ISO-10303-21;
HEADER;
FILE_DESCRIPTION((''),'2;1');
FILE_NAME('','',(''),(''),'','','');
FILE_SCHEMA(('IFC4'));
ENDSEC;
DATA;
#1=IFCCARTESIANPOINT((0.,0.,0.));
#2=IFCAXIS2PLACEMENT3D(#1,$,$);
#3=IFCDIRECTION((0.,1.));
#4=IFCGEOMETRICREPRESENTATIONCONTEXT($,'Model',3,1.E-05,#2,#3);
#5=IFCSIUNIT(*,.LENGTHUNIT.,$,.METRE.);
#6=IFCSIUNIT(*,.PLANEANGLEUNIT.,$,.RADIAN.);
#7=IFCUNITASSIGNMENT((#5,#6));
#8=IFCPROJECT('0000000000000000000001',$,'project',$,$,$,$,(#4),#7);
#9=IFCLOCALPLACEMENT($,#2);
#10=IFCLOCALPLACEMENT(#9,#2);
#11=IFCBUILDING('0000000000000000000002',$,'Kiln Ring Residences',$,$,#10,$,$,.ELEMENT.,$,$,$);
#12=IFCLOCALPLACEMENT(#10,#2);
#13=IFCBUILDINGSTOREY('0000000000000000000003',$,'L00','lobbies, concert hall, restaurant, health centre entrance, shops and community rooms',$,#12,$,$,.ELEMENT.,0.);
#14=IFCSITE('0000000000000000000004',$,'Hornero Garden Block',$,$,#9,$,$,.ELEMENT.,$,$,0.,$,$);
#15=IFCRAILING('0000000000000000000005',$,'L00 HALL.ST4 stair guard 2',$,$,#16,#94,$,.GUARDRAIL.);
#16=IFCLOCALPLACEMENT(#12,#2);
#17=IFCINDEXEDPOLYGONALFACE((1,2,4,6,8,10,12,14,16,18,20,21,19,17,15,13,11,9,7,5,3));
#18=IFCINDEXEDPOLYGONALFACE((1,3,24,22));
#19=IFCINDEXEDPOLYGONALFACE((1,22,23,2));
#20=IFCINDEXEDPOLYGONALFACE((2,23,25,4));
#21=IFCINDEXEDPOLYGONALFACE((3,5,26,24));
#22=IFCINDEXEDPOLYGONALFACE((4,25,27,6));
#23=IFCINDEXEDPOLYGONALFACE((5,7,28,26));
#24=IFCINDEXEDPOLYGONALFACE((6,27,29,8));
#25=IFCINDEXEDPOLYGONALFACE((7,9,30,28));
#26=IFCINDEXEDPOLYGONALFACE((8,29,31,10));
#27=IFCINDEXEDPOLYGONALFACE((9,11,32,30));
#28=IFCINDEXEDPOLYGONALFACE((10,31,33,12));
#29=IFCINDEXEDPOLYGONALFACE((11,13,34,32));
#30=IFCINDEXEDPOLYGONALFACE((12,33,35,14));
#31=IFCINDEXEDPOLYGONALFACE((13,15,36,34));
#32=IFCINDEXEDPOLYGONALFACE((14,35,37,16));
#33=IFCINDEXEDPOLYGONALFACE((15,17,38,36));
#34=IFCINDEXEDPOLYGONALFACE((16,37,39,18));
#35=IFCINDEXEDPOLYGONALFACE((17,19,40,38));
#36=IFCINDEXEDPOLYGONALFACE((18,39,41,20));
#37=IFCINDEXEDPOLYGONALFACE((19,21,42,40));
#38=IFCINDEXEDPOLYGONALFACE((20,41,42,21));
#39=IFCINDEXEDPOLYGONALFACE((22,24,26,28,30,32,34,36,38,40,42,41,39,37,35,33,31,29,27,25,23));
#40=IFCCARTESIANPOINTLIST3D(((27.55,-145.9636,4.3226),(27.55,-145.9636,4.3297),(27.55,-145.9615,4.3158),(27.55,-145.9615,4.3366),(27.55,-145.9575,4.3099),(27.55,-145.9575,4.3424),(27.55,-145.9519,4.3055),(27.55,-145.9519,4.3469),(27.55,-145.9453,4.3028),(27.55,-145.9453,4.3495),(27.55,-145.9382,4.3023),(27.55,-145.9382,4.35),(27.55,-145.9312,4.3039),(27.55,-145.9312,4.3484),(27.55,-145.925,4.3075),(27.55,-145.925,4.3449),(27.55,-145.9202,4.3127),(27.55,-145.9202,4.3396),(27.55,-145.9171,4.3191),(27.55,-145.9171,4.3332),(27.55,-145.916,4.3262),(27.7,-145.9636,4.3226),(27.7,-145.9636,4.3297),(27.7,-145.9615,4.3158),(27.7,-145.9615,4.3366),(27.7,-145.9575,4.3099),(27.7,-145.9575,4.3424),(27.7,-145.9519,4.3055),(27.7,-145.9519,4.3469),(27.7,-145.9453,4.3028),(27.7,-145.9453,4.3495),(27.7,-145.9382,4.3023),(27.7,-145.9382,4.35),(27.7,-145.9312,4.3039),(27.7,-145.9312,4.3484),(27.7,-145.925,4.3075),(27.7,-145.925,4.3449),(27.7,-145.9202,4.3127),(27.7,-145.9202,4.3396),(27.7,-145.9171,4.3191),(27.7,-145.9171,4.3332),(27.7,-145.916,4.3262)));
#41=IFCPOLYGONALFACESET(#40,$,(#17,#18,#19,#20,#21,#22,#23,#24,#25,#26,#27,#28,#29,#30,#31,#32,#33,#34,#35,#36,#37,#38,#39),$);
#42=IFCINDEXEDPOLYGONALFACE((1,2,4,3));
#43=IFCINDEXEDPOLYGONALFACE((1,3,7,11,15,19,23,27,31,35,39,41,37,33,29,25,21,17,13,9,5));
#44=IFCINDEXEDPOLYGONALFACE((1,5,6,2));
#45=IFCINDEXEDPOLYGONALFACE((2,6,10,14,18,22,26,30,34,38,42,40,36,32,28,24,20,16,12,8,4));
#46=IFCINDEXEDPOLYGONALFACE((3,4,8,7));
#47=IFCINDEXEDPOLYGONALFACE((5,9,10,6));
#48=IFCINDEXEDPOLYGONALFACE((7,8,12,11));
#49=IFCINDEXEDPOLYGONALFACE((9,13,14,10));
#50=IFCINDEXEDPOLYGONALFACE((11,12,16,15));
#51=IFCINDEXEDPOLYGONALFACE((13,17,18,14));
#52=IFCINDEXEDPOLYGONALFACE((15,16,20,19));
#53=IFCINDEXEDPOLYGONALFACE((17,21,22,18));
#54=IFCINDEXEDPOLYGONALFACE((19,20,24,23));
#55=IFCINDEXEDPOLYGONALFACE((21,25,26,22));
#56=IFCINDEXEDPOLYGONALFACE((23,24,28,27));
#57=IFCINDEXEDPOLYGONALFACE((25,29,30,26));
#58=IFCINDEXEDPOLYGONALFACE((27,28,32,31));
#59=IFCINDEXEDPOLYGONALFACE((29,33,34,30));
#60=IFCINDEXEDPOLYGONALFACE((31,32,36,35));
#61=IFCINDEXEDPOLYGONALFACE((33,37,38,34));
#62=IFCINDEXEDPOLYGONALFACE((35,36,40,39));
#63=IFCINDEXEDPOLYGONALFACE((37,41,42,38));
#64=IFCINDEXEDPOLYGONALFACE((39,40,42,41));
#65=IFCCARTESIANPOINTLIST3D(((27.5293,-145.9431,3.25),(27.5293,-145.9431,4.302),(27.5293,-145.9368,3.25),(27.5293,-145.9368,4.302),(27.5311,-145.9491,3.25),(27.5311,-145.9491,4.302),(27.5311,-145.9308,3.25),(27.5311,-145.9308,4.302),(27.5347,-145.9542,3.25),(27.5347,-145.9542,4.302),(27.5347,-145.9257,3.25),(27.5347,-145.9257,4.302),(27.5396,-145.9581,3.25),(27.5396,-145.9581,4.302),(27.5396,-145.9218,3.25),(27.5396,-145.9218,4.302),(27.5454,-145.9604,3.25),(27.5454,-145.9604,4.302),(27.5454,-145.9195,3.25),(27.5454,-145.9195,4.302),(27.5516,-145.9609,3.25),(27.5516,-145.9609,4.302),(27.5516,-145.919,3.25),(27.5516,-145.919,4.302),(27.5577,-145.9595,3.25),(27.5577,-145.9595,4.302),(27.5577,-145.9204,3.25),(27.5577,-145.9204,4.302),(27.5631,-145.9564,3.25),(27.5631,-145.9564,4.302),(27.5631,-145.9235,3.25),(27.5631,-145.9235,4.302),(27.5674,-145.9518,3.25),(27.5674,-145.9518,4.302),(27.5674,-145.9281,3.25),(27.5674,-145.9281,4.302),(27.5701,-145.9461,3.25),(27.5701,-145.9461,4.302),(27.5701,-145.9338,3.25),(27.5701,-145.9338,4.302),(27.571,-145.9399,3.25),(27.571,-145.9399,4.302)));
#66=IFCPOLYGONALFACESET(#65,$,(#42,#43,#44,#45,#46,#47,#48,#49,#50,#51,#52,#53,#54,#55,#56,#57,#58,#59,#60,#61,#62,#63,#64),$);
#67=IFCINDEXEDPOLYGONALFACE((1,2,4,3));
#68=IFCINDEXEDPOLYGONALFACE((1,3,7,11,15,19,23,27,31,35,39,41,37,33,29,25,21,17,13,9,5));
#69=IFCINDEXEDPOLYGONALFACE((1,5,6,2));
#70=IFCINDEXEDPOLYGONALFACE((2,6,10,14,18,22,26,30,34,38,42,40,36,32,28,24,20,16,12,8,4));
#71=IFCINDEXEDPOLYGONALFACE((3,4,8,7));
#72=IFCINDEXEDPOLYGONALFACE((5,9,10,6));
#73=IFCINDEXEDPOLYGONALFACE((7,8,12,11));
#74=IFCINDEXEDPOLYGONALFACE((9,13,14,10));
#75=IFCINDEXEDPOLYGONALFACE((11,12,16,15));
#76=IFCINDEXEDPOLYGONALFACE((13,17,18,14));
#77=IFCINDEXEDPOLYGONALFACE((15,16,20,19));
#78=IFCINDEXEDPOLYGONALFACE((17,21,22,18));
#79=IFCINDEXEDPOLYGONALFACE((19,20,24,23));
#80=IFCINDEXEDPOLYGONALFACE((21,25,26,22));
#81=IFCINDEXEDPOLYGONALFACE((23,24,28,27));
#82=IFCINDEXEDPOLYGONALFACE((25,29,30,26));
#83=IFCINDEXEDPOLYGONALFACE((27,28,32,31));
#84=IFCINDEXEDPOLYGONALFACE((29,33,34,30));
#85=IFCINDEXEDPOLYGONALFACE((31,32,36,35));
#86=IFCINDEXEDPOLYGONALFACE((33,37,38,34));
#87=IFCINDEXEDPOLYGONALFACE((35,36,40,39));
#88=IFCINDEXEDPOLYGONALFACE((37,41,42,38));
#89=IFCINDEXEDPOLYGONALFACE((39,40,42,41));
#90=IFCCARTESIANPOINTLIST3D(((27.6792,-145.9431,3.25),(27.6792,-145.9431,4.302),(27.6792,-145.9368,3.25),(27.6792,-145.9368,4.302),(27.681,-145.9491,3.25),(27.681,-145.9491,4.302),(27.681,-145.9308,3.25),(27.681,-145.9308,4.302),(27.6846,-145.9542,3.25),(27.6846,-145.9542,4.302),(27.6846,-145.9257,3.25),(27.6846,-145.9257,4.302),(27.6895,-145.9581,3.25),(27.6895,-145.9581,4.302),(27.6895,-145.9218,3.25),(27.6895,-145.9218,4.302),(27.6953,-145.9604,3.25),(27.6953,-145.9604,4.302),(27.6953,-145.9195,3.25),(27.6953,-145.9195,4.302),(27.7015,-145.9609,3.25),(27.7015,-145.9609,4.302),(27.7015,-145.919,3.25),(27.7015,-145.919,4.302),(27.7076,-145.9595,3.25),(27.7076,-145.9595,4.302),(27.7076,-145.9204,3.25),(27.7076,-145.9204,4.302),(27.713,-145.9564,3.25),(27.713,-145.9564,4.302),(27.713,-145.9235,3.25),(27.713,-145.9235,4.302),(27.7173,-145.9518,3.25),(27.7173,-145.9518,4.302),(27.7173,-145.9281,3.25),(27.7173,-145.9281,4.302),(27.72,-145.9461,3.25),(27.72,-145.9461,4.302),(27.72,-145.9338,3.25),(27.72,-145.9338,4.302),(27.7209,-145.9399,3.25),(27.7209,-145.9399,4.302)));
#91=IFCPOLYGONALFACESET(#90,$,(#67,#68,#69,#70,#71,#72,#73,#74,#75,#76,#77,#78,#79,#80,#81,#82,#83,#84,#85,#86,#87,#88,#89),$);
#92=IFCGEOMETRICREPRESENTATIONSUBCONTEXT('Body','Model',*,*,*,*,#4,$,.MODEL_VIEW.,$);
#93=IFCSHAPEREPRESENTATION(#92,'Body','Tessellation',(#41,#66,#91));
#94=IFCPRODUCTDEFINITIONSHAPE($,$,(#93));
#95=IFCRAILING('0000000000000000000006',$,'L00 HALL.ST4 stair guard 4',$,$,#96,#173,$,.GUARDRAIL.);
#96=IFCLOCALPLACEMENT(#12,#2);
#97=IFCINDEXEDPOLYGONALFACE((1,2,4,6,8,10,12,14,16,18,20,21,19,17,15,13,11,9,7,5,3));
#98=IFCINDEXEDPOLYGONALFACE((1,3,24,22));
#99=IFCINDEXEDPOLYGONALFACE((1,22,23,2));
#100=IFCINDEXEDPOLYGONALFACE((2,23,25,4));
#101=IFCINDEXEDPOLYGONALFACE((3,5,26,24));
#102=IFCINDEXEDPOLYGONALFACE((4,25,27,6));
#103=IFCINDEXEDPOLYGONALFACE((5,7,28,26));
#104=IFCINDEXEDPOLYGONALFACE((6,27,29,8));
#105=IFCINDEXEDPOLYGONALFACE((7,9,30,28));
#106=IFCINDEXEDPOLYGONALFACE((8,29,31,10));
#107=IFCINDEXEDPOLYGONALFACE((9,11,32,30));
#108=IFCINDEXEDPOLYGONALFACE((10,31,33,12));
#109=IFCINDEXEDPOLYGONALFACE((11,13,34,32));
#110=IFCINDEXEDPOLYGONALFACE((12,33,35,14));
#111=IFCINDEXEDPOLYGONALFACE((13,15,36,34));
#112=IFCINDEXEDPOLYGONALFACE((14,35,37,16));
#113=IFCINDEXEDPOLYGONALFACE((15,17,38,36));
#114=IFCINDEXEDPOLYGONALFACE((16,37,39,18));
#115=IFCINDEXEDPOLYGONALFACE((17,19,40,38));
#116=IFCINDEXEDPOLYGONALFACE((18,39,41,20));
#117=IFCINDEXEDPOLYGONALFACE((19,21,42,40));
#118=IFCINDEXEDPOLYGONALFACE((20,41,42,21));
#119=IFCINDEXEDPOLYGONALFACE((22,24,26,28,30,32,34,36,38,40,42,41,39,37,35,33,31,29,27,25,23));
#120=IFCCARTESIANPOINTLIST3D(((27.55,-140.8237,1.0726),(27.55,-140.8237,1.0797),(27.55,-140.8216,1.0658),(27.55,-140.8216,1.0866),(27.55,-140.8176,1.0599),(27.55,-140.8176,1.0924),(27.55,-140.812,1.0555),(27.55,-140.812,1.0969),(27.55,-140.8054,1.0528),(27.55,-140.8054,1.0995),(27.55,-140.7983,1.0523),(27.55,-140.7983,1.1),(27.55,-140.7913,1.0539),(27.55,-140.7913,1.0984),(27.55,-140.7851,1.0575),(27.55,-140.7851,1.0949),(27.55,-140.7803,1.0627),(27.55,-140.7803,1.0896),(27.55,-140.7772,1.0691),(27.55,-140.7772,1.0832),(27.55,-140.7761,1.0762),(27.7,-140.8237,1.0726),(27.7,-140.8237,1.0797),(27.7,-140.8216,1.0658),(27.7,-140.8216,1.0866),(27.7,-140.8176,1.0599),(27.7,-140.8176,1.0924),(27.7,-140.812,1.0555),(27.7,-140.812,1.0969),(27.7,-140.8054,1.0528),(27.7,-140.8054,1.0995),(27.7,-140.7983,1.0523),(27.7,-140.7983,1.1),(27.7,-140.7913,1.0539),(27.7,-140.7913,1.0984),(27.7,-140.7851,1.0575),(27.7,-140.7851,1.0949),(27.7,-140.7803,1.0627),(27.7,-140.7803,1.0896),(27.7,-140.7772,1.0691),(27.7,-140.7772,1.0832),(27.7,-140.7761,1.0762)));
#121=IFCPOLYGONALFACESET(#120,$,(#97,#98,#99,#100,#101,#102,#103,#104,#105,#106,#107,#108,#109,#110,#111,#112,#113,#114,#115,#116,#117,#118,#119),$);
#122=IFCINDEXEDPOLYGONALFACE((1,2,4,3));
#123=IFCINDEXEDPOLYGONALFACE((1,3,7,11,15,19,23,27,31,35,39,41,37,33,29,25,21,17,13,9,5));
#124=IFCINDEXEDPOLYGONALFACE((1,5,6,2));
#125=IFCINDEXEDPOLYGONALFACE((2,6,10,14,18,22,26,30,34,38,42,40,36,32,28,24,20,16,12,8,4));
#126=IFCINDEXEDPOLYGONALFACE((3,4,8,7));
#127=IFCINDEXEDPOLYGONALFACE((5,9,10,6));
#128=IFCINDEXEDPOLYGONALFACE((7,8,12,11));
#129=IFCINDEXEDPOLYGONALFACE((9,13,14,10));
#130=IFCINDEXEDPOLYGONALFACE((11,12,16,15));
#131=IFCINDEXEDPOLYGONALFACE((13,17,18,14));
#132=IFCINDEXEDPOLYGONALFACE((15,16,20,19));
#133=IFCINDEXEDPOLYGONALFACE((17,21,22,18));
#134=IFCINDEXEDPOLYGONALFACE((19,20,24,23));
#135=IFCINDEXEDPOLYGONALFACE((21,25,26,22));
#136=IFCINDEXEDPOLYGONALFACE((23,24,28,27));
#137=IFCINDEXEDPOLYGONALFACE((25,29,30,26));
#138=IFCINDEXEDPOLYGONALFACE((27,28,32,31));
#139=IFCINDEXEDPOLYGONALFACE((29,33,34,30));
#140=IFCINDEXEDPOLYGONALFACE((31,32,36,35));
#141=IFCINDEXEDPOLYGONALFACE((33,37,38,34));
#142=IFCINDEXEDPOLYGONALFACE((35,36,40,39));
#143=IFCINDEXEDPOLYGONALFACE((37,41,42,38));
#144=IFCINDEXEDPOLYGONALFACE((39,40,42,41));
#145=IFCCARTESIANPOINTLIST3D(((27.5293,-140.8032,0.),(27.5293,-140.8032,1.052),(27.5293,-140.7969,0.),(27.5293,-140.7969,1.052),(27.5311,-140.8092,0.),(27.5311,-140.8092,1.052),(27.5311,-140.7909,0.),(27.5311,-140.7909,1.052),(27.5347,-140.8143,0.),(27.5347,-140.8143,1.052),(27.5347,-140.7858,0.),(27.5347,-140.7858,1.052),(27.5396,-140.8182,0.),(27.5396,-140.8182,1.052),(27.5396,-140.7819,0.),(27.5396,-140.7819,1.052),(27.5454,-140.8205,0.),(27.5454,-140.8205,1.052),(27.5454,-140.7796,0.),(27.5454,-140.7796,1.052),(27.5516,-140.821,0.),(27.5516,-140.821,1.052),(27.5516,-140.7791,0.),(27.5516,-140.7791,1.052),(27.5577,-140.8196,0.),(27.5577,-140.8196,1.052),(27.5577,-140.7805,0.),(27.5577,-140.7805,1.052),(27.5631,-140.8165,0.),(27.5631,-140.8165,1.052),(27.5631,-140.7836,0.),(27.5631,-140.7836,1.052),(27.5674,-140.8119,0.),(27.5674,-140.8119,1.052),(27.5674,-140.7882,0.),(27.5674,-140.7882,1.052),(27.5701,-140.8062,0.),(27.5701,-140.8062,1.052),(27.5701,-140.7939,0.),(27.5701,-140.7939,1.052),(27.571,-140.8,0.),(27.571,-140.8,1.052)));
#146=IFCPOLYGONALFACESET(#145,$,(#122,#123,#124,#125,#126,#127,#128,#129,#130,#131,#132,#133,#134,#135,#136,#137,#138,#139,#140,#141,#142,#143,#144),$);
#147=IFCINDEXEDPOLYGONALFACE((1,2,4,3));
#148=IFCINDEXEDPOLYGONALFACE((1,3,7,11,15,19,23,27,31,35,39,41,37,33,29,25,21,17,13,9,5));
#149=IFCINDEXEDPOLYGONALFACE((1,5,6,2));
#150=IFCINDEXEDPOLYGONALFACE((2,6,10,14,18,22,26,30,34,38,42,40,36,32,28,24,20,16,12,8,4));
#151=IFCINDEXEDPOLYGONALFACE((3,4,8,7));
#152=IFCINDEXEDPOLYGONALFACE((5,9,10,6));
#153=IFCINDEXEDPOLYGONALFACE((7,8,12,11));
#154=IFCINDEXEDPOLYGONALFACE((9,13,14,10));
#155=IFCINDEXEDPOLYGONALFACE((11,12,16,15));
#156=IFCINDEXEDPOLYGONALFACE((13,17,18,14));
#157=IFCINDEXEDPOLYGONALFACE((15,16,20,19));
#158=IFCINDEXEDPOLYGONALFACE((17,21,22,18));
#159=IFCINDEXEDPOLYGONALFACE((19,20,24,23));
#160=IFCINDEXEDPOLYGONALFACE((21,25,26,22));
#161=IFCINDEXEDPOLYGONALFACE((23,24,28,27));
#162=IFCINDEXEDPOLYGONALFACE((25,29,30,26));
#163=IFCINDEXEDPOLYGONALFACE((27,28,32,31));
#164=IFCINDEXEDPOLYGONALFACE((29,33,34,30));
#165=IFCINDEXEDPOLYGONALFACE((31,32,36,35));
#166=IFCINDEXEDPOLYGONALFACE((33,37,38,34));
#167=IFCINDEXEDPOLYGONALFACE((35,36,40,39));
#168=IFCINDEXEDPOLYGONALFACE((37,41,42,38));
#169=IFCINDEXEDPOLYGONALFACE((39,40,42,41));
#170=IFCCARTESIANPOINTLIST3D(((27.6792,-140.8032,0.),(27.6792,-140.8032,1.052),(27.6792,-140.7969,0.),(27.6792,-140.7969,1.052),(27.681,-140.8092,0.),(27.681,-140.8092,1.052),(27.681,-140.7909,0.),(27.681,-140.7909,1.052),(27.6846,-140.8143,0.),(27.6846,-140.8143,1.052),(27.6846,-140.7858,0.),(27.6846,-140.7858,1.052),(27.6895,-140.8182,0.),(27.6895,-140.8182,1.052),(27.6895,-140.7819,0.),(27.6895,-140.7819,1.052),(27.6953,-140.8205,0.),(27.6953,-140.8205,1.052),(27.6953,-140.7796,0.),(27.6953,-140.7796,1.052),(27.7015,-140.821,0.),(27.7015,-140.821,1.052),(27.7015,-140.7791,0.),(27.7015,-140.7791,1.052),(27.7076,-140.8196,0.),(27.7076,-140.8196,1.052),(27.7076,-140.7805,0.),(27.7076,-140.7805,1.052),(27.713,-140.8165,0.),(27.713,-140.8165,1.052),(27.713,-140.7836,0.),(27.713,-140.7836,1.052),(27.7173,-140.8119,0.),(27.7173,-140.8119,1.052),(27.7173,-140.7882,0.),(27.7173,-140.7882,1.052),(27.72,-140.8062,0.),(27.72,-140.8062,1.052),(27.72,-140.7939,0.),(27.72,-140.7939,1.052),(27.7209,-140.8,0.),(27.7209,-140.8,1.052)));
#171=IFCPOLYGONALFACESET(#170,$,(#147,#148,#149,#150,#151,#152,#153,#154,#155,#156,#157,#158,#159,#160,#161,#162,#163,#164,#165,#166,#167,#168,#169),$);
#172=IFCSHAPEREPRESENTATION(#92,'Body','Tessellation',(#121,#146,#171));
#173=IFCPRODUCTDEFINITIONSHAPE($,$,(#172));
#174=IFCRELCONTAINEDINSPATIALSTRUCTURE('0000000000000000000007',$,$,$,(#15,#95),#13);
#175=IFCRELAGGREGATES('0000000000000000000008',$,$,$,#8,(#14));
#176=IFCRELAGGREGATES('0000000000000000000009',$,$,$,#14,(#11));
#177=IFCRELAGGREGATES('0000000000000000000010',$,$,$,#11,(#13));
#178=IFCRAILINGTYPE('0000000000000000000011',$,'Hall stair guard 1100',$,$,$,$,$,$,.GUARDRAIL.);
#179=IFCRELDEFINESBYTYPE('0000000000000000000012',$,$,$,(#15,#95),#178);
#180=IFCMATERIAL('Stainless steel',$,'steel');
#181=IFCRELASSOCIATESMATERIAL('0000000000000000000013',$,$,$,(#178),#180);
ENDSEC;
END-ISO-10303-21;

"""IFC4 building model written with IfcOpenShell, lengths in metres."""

from ifc_helpers import new_model, si_unit, direction, frame, origin, origin_2d, place, context, subcontext, project, spatial, circle, extrude, material, type_object, element, save


model = new_model("IFC4")

# Units and contexts
model_context = context("Model", 3, precision=1e-05, world=origin(), true_north=direction((0.0, 1.0)))
body_context = subcontext(model_context, "Body", "Model", "MODEL_VIEW")
ifc_project = project(units=[si_unit("LENGTHUNIT", "METRE"), si_unit("PLANEANGLEUNIT", "RADIAN")], contexts=[model_context])

# Site, building, storey
site_placement = place(None, origin())
site = spatial("IfcSite", under=ifc_project, at=site_placement, Name="Hornero Garden Block", CompositionType="ELEMENT", RefElevation=0.0)
building_placement = place(site_placement, origin())
building = spatial("IfcBuilding", under=site, at=building_placement, Name="Kiln Ring Residences", CompositionType="ELEMENT")
storey_placement = place(building_placement, origin())
storey = spatial("IfcBuildingStorey", under=building, at=storey_placement, Name="L00", Description="lobbies, concert hall, restaurant, health centre entrance, shops and community rooms", CompositionType="ELEMENT", Elevation=0.0)

# Railings
ifc_material_1 = material(Name="Stainless steel", Category="steel")
railing_type_1 = type_object("IfcRailingType", Name="Hall stair guard 1100", PredefinedType="GUARDRAIL", material=ifc_material_1)
railing_1_placement = place(storey_placement, frame((27.55, -145.9399, 3.25)))
element("IfcRailing", 1, at=railing_1_placement, inside=storey, type_object=railing_type_1, Name="L00 HALL.ST4 stair guard 2", PredefinedType="GUARDRAIL", context=body_context, shape_type="SweptSolid", body=[
    extrude(circle(Radius=0.0239, at=origin_2d()), frame((0.0, 0.0, 1.0762), z_axis=(1.0, 0.0, 0.0), x_axis=(0.0, 1.0, 0.0)), (0.0, 0.0, 1.0), 0.1499),
    extrude(circle(Radius=0.021, at=origin_2d()), origin(), (0.0, 0.0, 1.0), 1.052),
    extrude(circle(Radius=0.021, at=origin_2d()), frame((0.1499, 0.0, 0.0)), (0.0, 0.0, 1.0), 1.052),
])
railing_2_placement = place(storey_placement, frame((27.55, -140.8, 0.0)))
element("IfcRailing", 2, at=railing_2_placement, inside=storey, type_object=railing_type_1, Name="L00 HALL.ST4 stair guard 4", PredefinedType="GUARDRAIL", context=body_context, shape_type="SweptSolid", body=[
    extrude(circle(Radius=0.0239, at=origin_2d()), frame((0.0, 0.0, 1.0762), z_axis=(1.0, 0.0, 0.0), x_axis=(0.0, 1.0, 0.0)), (0.0, 0.0, 1.0), 0.1499),
    extrude(circle(Radius=0.021, at=origin_2d()), origin(), (0.0, 0.0, 1.0), 1.052),
    extrude(circle(Radius=0.021, at=origin_2d()), frame((0.1499, 0.0, 0.0)), (0.0, 0.0, 1.0), 1.052),
])

save(model, "model.ifc")
